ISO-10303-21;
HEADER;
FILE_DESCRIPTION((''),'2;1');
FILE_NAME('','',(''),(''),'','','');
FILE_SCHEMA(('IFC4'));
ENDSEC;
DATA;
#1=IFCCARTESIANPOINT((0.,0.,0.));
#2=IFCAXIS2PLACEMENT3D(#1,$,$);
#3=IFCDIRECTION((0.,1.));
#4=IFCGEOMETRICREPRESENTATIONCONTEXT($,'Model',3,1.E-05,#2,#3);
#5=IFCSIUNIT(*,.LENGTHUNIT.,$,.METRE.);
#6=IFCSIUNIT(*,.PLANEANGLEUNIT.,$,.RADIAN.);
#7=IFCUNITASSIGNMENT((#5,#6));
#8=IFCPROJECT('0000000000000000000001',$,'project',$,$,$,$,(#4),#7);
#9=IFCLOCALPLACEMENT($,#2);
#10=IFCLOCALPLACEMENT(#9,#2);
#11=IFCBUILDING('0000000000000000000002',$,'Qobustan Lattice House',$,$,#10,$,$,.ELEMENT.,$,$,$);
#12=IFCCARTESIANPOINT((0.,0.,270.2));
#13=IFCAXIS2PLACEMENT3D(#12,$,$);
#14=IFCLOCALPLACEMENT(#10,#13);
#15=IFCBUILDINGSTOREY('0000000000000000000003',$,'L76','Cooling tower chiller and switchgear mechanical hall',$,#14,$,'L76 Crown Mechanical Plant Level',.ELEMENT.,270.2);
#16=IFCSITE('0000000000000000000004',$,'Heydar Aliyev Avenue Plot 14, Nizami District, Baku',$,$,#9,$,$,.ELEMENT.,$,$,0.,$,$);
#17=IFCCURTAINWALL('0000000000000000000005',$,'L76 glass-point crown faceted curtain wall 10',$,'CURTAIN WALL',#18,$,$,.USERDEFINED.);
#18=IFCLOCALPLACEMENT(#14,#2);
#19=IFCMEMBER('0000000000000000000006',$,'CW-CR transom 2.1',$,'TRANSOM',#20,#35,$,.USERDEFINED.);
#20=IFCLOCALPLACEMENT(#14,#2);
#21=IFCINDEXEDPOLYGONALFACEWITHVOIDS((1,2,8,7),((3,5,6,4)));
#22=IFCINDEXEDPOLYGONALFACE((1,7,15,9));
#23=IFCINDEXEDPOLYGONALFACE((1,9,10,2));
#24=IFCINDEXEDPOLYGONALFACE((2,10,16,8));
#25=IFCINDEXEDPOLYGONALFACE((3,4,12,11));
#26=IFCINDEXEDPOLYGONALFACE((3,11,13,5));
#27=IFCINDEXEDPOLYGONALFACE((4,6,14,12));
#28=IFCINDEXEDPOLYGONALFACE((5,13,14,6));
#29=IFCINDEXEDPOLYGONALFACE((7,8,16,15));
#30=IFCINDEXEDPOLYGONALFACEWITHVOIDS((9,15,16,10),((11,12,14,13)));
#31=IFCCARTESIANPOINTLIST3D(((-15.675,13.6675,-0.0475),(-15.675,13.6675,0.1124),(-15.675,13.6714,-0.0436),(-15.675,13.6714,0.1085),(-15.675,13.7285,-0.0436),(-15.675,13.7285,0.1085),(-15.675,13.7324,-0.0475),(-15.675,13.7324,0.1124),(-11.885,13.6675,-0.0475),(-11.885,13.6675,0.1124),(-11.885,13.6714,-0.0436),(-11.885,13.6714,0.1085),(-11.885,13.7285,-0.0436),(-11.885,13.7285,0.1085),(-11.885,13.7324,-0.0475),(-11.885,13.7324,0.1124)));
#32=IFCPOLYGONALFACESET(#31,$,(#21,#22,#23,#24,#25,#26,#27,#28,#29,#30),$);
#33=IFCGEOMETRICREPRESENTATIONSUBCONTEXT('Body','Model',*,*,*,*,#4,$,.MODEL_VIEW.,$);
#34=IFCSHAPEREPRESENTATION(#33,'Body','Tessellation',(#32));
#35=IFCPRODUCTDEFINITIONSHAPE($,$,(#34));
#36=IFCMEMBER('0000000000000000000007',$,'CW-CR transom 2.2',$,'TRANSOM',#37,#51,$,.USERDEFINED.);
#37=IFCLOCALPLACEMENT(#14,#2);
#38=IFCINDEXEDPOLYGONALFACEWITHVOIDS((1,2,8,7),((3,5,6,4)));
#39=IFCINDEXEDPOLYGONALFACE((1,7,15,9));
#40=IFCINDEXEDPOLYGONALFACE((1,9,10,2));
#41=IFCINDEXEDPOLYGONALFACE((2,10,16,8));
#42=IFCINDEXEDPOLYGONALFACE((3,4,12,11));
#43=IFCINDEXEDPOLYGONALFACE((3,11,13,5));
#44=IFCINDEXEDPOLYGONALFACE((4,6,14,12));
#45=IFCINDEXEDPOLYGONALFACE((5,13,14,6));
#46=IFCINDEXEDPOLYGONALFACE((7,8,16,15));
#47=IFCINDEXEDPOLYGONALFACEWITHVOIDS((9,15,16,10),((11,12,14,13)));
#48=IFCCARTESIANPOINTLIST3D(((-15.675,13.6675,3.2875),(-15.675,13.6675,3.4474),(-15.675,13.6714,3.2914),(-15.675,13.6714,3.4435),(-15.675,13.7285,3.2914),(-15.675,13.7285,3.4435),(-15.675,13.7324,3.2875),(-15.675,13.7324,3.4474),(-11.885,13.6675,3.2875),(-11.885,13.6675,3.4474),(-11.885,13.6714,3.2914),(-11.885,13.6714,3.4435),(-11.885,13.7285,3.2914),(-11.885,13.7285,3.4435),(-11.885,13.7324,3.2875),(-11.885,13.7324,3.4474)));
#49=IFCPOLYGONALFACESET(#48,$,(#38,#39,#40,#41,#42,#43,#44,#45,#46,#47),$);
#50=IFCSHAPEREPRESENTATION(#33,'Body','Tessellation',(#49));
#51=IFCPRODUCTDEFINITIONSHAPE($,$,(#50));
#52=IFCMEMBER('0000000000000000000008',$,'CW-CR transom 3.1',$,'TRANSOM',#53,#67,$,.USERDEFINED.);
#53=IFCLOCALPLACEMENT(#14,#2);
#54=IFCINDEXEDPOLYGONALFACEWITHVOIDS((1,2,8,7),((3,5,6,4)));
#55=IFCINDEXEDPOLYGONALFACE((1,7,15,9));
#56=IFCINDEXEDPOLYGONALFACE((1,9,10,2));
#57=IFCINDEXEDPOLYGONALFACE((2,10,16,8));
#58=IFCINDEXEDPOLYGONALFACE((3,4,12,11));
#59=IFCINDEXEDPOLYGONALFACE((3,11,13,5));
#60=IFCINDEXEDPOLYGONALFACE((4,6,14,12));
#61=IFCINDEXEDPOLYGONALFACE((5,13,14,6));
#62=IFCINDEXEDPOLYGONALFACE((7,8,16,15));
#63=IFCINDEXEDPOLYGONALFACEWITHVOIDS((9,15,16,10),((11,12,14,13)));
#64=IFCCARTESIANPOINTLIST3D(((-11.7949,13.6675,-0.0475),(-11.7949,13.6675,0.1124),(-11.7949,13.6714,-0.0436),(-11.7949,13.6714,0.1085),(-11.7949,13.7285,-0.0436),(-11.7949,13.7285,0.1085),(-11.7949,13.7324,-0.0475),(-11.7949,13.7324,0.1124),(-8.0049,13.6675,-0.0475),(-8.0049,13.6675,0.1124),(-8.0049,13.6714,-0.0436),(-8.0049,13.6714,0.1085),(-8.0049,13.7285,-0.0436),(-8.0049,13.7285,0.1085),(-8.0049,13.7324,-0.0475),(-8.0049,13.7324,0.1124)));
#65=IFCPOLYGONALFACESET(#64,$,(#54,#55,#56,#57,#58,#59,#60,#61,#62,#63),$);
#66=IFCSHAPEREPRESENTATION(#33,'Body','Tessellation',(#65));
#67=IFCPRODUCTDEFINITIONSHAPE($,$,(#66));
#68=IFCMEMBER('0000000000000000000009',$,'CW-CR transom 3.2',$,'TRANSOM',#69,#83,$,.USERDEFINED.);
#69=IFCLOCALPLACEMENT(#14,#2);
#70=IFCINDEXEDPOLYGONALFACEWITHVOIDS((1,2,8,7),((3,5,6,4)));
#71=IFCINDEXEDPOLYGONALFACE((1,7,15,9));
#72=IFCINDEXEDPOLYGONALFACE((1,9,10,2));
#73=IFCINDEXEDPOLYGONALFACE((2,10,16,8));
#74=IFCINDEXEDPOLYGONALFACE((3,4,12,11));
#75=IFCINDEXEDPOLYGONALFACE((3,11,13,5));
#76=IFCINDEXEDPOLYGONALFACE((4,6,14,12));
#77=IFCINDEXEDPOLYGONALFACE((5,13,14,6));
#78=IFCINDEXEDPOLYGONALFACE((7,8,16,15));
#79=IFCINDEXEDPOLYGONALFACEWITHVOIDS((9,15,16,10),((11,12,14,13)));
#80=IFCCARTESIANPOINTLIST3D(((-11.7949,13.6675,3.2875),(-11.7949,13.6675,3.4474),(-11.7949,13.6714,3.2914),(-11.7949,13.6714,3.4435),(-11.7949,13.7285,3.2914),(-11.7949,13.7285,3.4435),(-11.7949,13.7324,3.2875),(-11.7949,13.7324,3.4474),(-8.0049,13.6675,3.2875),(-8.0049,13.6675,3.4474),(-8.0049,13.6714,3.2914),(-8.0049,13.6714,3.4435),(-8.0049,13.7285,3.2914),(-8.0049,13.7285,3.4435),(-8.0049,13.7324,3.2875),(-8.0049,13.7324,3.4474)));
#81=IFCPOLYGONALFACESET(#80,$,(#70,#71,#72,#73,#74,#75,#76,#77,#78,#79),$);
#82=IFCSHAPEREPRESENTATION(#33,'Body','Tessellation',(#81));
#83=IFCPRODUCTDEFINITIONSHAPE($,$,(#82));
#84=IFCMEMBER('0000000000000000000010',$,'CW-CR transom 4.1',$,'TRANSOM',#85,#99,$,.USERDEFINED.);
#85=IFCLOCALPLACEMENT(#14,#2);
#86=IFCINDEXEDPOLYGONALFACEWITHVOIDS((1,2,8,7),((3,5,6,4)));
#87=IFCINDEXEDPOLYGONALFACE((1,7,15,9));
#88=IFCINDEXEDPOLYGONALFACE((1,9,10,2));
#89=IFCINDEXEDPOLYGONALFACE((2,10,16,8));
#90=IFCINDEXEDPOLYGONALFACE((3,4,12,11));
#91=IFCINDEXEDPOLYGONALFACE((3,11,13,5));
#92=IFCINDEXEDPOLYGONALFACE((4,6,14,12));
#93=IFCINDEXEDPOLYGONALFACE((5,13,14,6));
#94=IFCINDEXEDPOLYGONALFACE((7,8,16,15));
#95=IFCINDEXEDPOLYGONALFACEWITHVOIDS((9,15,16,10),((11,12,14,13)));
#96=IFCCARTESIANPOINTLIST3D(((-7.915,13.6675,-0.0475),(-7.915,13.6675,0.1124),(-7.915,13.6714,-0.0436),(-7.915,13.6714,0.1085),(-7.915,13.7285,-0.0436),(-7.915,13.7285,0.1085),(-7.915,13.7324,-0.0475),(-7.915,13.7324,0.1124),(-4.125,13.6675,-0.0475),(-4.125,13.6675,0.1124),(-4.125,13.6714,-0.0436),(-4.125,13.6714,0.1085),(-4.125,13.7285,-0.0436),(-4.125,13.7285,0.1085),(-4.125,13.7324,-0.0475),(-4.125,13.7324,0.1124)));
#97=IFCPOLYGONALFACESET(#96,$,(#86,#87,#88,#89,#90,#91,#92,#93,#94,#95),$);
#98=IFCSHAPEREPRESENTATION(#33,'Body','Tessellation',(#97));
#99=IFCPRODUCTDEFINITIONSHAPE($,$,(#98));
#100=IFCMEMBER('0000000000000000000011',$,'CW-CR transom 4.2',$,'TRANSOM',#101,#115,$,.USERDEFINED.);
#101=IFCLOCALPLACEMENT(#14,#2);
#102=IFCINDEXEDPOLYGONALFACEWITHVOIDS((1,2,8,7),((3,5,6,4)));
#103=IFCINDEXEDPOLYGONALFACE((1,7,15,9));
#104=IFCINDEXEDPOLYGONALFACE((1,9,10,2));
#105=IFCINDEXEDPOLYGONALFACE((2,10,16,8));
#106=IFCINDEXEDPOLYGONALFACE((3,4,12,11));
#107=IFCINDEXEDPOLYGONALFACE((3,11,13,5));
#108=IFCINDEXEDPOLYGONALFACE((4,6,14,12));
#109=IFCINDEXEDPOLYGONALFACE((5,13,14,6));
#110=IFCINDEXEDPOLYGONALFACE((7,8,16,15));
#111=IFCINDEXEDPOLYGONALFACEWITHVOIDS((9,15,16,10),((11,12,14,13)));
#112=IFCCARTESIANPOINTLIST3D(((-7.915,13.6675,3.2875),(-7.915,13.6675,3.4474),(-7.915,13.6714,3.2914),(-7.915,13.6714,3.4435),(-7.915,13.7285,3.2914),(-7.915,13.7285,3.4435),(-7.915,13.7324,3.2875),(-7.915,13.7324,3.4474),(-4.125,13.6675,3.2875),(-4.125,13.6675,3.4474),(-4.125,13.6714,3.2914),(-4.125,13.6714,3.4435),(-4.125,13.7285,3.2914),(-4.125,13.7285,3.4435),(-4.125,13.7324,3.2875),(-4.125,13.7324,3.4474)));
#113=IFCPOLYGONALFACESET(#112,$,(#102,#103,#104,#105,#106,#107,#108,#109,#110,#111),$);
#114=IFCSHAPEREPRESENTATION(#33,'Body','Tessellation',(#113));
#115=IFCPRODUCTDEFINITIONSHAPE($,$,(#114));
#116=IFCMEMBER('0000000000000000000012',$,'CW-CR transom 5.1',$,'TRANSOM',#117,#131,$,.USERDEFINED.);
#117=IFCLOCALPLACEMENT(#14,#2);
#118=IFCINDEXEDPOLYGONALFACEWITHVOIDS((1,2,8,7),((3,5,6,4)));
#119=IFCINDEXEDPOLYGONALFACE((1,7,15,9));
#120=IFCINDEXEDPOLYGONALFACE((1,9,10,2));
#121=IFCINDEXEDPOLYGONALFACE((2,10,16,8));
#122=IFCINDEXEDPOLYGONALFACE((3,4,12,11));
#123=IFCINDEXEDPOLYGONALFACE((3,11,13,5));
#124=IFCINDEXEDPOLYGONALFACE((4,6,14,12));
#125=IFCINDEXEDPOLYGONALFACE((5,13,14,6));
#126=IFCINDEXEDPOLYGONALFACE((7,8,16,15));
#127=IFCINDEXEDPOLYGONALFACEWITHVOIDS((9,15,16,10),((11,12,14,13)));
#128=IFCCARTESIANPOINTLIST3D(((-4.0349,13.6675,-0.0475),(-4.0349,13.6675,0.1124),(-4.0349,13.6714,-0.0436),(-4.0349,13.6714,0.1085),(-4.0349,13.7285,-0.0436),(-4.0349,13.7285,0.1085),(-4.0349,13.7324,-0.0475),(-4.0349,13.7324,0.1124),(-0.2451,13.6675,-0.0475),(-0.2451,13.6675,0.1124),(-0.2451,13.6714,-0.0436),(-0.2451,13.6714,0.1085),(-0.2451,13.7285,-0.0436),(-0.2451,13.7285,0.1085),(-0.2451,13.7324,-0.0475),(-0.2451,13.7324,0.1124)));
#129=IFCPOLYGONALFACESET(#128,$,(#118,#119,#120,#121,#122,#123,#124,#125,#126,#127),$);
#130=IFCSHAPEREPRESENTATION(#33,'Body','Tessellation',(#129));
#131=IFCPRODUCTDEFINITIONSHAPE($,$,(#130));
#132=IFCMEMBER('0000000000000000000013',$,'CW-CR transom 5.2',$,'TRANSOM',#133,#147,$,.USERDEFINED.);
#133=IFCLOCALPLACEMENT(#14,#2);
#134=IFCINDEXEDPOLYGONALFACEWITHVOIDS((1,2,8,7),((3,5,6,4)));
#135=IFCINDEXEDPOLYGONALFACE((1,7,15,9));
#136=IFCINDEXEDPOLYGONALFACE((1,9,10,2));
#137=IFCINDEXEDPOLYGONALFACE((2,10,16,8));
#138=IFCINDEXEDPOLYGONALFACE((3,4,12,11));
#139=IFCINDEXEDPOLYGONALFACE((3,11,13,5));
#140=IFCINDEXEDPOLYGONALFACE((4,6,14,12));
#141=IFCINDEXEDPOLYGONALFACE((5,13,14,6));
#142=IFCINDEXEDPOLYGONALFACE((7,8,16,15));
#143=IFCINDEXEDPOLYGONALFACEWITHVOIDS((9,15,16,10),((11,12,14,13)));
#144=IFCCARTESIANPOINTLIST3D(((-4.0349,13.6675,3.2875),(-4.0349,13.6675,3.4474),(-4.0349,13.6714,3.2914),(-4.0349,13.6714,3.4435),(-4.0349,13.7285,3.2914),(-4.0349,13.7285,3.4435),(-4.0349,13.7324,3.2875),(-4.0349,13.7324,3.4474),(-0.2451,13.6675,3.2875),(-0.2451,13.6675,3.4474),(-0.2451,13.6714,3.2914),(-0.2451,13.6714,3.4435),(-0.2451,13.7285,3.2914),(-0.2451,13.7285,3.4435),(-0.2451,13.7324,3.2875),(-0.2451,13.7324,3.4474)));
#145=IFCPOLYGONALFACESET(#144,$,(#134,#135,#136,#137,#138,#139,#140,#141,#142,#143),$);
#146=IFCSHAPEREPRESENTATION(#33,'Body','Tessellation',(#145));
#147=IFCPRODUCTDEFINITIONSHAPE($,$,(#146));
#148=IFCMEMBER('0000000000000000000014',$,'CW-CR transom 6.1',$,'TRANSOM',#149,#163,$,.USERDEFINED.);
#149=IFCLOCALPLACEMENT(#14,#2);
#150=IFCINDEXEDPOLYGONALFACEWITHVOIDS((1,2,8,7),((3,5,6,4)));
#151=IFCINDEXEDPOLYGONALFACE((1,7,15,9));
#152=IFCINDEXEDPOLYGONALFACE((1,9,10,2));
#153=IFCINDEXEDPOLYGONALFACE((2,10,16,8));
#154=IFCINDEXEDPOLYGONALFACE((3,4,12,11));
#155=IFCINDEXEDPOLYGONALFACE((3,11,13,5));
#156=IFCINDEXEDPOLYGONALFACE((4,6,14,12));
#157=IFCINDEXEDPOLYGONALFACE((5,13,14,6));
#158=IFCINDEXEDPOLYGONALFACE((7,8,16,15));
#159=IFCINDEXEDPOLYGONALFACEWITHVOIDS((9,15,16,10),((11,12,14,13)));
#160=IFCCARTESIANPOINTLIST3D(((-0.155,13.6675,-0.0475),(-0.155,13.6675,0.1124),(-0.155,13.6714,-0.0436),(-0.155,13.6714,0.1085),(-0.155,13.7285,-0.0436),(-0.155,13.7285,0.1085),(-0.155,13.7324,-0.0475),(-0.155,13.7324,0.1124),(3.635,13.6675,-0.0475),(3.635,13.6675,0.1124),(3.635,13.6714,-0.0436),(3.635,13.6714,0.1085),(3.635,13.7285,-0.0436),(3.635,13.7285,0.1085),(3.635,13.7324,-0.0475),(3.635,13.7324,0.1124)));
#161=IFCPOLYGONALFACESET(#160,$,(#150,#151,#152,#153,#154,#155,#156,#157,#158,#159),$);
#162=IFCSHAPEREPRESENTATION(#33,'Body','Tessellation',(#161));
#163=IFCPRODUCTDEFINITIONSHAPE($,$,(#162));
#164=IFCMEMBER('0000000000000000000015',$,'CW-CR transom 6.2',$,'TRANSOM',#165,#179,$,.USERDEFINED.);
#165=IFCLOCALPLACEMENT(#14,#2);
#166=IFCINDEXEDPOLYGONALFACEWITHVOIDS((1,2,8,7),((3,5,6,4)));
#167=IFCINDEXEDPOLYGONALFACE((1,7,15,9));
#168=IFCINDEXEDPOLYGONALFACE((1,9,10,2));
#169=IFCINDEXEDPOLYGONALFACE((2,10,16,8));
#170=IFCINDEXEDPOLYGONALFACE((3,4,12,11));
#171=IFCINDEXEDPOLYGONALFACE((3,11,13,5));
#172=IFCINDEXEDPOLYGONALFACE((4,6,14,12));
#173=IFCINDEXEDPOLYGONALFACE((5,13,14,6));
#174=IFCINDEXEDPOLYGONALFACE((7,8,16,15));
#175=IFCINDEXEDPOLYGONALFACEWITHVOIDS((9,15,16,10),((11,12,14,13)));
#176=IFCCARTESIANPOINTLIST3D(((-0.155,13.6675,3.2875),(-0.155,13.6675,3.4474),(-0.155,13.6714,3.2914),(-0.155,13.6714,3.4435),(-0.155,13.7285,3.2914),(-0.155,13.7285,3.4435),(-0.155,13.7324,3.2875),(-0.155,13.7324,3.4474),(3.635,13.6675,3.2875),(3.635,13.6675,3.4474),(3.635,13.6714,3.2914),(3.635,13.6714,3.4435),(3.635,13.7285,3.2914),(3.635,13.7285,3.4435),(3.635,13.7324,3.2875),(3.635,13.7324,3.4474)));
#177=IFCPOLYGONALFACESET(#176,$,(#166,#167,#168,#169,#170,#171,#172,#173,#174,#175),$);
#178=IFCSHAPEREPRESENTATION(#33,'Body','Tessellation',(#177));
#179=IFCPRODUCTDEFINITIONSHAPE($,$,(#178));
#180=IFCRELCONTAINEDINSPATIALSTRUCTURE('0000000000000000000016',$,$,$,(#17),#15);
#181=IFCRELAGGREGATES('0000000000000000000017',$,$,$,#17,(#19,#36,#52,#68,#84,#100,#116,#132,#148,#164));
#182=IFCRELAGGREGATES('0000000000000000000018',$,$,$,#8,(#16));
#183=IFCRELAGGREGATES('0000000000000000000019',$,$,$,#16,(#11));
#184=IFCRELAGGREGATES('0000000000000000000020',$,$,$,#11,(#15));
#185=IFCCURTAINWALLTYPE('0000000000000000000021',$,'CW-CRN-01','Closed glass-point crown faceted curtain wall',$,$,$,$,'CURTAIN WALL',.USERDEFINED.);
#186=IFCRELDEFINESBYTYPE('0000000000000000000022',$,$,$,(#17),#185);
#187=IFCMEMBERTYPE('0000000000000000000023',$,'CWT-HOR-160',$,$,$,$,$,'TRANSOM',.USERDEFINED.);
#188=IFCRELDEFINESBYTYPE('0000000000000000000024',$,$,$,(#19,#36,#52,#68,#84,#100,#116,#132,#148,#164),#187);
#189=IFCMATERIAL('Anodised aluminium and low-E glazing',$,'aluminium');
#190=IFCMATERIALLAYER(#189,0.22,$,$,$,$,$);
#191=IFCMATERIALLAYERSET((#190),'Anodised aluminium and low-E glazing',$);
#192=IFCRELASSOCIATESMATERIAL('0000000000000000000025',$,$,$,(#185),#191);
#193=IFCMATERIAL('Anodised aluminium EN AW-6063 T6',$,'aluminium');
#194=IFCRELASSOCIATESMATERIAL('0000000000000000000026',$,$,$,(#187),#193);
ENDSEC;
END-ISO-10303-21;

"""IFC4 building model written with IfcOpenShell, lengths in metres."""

from ifc_helpers import new_model, si_unit, direction, frame, origin, origin_2d, place, context, subcontext, project, spatial, hollow_rectangle, extrude, material, layer, layer_set, material_profile, profile_set, type_object, element, aggregate, save


model = new_model("IFC4")

# Units and contexts
model_context = context("Model", 3, precision=1e-05, world=origin(), true_north=direction((0.0, 1.0)))
body_context = subcontext(model_context, "Body", "Model", "MODEL_VIEW")
ifc_project = project(units=[si_unit("LENGTHUNIT", "METRE"), si_unit("PLANEANGLEUNIT", "RADIAN")], contexts=[model_context])

# Site, building, storey
site_placement = place(None, origin())
site = spatial("IfcSite", under=ifc_project, at=site_placement, Name="Heydar Aliyev Avenue Plot 14, Nizami District, Baku", CompositionType="ELEMENT", RefElevation=0.0)
building_placement = place(site_placement, origin())
building = spatial("IfcBuilding", under=site, at=building_placement, Name="Qobustan Lattice House", CompositionType="ELEMENT")
storey_placement = place(building_placement, frame((0.0, 0.0, 270.2)))
storey = spatial("IfcBuildingStorey", under=building, at=storey_placement, Name="L76", Description="Cooling tower chiller and switchgear mechanical hall", LongName="L76 Crown Mechanical Plant Level", CompositionType="ELEMENT", Elevation=270.2)

# Curtain wall, members
ifc_material_1 = material(Name="Anodised aluminium and low-E glazing", Category="aluminium")
ifc_layer_1 = layer(ifc_material_1, 0.22)
ifc_layer_set_1 = layer_set([ifc_layer_1], Name="Anodised aluminium and low-E glazing")
curtain_wall_type = type_object("IfcCurtainWallType", Name="CW-CRN-01", Description="Closed glass-point crown faceted curtain wall", ElementType="CURTAIN WALL", PredefinedType="USERDEFINED", material=ifc_layer_set_1)
curtain_wall_placement = place(storey_placement, origin())
curtain_wall = element("IfcCurtainWall", 1, at=curtain_wall_placement, inside=storey, type_object=curtain_wall_type, Name="L76 glass-point crown faceted curtain wall 10", ObjectType="CURTAIN WALL", PredefinedType="USERDEFINED")
ifc_material_2 = material(Name="Anodised aluminium EN AW-6063 T6", Category="aluminium")
ifc_material_profile_1 = material_profile(ifc_material_2, hollow_rectangle(XDim=0.0649, YDim=0.1599, WallThickness=0.0039, at=origin_2d()), Name="CWT-160x65")
ifc_profile_set_1 = profile_set([ifc_material_profile_1], Name="Anodised aluminium EN AW-6063 T6")
member_type_1 = type_object("IfcMemberType", Name="CWT-HOR-160", ElementType="TRANSOM", PredefinedType="USERDEFINED", material=ifc_profile_set_1)
member_1_placement = place(storey_placement, frame((-15.675, 13.7, 0.0325), z_axis=(1.0, 0.0, 0.0), x_axis=(0.0, 1.0, 0.0)))
member_1 = element("IfcMember", 2, at=member_1_placement, type_object=member_type_1, Name="CW-CR transom 2.1", ObjectType="TRANSOM", PredefinedType="USERDEFINED", context=body_context, shape_type="SweptSolid", body=[
    extrude(hollow_rectangle(XDim=0.0649, YDim=0.1599, WallThickness=0.0039, at=origin_2d()), origin(), (0.0, 0.0, 1.0), 3.79),
])
member_2_placement = place(storey_placement, frame((-15.675, 13.7, 3.3674), z_axis=(1.0, 0.0, 0.0), x_axis=(0.0, 1.0, 0.0)))
member_2 = element("IfcMember", 3, at=member_2_placement, type_object=member_type_1, Name="CW-CR transom 2.2", ObjectType="TRANSOM", PredefinedType="USERDEFINED", context=body_context, shape_type="SweptSolid", body=[
    extrude(hollow_rectangle(XDim=0.0649, YDim=0.1599, WallThickness=0.0039, at=origin_2d()), origin(), (0.0, 0.0, 1.0), 3.79),
])
member_3_placement = place(storey_placement, frame((-11.7949, 13.7, 0.0325), z_axis=(1.0, 0.0, 0.0), x_axis=(0.0, 1.0, 0.0)))
member_3 = element("IfcMember", 4, at=member_3_placement, type_object=member_type_1, Name="CW-CR transom 3.1", ObjectType="TRANSOM", PredefinedType="USERDEFINED", context=body_context, shape_type="SweptSolid", body=[
    extrude(hollow_rectangle(XDim=0.0649, YDim=0.1599, WallThickness=0.0039, at=origin_2d()), origin(), (0.0, 0.0, 1.0), 3.79),
])
member_4_placement = place(storey_placement, frame((-11.7949, 13.7, 3.3674), z_axis=(1.0, 0.0, 0.0), x_axis=(0.0, 1.0, 0.0)))
member_4 = element("IfcMember", 5, at=member_4_placement, type_object=member_type_1, Name="CW-CR transom 3.2", ObjectType="TRANSOM", PredefinedType="USERDEFINED", context=body_context, shape_type="SweptSolid", body=[
    extrude(hollow_rectangle(XDim=0.0649, YDim=0.1599, WallThickness=0.0039, at=origin_2d()), origin(), (0.0, 0.0, 1.0), 3.79),
])
member_5_placement = place(storey_placement, frame((-7.915, 13.7, 0.0325), z_axis=(1.0, 0.0, 0.0), x_axis=(0.0, 1.0, 0.0)))
member_5 = element("IfcMember", 6, at=member_5_placement, type_object=member_type_1, Name="CW-CR transom 4.1", ObjectType="TRANSOM", PredefinedType="USERDEFINED", context=body_context, shape_type="SweptSolid", body=[
    extrude(hollow_rectangle(XDim=0.0649, YDim=0.1599, WallThickness=0.0039, at=origin_2d()), origin(), (0.0, 0.0, 1.0), 3.79),
])
member_6_placement = place(storey_placement, frame((-7.915, 13.7, 3.3674), z_axis=(1.0, 0.0, 0.0), x_axis=(0.0, 1.0, 0.0)))
member_6 = element("IfcMember", 7, at=member_6_placement, type_object=member_type_1, Name="CW-CR transom 4.2", ObjectType="TRANSOM", PredefinedType="USERDEFINED", context=body_context, shape_type="SweptSolid", body=[
    extrude(hollow_rectangle(XDim=0.0649, YDim=0.1599, WallThickness=0.0039, at=origin_2d()), origin(), (0.0, 0.0, 1.0), 3.79),
])
member_7_placement = place(storey_placement, frame((-4.0349, 13.7, 0.0325), z_axis=(1.0, 0.0, 0.0), x_axis=(0.0, 1.0, 0.0)))
member_7 = element("IfcMember", 8, at=member_7_placement, type_object=member_type_1, Name="CW-CR transom 5.1", ObjectType="TRANSOM", PredefinedType="USERDEFINED", context=body_context, shape_type="SweptSolid", body=[
    extrude(hollow_rectangle(XDim=0.0649, YDim=0.1599, WallThickness=0.0039, at=origin_2d()), origin(), (0.0, 0.0, 1.0), 3.7898),
])
member_8_placement = place(storey_placement, frame((-4.0349, 13.7, 3.3674), z_axis=(1.0, 0.0, 0.0), x_axis=(0.0, 1.0, 0.0)))
member_8 = element("IfcMember", 9, at=member_8_placement, type_object=member_type_1, Name="CW-CR transom 5.2", ObjectType="TRANSOM", PredefinedType="USERDEFINED", context=body_context, shape_type="SweptSolid", body=[
    extrude(hollow_rectangle(XDim=0.0649, YDim=0.1599, WallThickness=0.0039, at=origin_2d()), origin(), (0.0, 0.0, 1.0), 3.7898),
])
member_9_placement = place(storey_placement, frame((-0.155, 13.7, 0.0325), z_axis=(1.0, 0.0, 0.0), x_axis=(0.0, 1.0, 0.0)))
member_9 = element("IfcMember", 10, at=member_9_placement, type_object=member_type_1, Name="CW-CR transom 6.1", ObjectType="TRANSOM", PredefinedType="USERDEFINED", context=body_context, shape_type="SweptSolid", body=[
    extrude(hollow_rectangle(XDim=0.0649, YDim=0.1599, WallThickness=0.0039, at=origin_2d()), origin(), (0.0, 0.0, 1.0), 3.79),
])
member_10_placement = place(storey_placement, frame((-0.155, 13.7, 3.3674), z_axis=(1.0, 0.0, 0.0), x_axis=(0.0, 1.0, 0.0)))
member_10 = element("IfcMember", 11, at=member_10_placement, type_object=member_type_1, Name="CW-CR transom 6.2", ObjectType="TRANSOM", PredefinedType="USERDEFINED", context=body_context, shape_type="SweptSolid", body=[
    extrude(hollow_rectangle(XDim=0.0649, YDim=0.1599, WallThickness=0.0039, at=origin_2d()), origin(), (0.0, 0.0, 1.0), 3.79),
])

aggregate(curtain_wall, [member_1, member_2, member_3, member_4, member_5, member_6, member_7, member_8, member_9, member_10])

save(model, "model.ifc")
